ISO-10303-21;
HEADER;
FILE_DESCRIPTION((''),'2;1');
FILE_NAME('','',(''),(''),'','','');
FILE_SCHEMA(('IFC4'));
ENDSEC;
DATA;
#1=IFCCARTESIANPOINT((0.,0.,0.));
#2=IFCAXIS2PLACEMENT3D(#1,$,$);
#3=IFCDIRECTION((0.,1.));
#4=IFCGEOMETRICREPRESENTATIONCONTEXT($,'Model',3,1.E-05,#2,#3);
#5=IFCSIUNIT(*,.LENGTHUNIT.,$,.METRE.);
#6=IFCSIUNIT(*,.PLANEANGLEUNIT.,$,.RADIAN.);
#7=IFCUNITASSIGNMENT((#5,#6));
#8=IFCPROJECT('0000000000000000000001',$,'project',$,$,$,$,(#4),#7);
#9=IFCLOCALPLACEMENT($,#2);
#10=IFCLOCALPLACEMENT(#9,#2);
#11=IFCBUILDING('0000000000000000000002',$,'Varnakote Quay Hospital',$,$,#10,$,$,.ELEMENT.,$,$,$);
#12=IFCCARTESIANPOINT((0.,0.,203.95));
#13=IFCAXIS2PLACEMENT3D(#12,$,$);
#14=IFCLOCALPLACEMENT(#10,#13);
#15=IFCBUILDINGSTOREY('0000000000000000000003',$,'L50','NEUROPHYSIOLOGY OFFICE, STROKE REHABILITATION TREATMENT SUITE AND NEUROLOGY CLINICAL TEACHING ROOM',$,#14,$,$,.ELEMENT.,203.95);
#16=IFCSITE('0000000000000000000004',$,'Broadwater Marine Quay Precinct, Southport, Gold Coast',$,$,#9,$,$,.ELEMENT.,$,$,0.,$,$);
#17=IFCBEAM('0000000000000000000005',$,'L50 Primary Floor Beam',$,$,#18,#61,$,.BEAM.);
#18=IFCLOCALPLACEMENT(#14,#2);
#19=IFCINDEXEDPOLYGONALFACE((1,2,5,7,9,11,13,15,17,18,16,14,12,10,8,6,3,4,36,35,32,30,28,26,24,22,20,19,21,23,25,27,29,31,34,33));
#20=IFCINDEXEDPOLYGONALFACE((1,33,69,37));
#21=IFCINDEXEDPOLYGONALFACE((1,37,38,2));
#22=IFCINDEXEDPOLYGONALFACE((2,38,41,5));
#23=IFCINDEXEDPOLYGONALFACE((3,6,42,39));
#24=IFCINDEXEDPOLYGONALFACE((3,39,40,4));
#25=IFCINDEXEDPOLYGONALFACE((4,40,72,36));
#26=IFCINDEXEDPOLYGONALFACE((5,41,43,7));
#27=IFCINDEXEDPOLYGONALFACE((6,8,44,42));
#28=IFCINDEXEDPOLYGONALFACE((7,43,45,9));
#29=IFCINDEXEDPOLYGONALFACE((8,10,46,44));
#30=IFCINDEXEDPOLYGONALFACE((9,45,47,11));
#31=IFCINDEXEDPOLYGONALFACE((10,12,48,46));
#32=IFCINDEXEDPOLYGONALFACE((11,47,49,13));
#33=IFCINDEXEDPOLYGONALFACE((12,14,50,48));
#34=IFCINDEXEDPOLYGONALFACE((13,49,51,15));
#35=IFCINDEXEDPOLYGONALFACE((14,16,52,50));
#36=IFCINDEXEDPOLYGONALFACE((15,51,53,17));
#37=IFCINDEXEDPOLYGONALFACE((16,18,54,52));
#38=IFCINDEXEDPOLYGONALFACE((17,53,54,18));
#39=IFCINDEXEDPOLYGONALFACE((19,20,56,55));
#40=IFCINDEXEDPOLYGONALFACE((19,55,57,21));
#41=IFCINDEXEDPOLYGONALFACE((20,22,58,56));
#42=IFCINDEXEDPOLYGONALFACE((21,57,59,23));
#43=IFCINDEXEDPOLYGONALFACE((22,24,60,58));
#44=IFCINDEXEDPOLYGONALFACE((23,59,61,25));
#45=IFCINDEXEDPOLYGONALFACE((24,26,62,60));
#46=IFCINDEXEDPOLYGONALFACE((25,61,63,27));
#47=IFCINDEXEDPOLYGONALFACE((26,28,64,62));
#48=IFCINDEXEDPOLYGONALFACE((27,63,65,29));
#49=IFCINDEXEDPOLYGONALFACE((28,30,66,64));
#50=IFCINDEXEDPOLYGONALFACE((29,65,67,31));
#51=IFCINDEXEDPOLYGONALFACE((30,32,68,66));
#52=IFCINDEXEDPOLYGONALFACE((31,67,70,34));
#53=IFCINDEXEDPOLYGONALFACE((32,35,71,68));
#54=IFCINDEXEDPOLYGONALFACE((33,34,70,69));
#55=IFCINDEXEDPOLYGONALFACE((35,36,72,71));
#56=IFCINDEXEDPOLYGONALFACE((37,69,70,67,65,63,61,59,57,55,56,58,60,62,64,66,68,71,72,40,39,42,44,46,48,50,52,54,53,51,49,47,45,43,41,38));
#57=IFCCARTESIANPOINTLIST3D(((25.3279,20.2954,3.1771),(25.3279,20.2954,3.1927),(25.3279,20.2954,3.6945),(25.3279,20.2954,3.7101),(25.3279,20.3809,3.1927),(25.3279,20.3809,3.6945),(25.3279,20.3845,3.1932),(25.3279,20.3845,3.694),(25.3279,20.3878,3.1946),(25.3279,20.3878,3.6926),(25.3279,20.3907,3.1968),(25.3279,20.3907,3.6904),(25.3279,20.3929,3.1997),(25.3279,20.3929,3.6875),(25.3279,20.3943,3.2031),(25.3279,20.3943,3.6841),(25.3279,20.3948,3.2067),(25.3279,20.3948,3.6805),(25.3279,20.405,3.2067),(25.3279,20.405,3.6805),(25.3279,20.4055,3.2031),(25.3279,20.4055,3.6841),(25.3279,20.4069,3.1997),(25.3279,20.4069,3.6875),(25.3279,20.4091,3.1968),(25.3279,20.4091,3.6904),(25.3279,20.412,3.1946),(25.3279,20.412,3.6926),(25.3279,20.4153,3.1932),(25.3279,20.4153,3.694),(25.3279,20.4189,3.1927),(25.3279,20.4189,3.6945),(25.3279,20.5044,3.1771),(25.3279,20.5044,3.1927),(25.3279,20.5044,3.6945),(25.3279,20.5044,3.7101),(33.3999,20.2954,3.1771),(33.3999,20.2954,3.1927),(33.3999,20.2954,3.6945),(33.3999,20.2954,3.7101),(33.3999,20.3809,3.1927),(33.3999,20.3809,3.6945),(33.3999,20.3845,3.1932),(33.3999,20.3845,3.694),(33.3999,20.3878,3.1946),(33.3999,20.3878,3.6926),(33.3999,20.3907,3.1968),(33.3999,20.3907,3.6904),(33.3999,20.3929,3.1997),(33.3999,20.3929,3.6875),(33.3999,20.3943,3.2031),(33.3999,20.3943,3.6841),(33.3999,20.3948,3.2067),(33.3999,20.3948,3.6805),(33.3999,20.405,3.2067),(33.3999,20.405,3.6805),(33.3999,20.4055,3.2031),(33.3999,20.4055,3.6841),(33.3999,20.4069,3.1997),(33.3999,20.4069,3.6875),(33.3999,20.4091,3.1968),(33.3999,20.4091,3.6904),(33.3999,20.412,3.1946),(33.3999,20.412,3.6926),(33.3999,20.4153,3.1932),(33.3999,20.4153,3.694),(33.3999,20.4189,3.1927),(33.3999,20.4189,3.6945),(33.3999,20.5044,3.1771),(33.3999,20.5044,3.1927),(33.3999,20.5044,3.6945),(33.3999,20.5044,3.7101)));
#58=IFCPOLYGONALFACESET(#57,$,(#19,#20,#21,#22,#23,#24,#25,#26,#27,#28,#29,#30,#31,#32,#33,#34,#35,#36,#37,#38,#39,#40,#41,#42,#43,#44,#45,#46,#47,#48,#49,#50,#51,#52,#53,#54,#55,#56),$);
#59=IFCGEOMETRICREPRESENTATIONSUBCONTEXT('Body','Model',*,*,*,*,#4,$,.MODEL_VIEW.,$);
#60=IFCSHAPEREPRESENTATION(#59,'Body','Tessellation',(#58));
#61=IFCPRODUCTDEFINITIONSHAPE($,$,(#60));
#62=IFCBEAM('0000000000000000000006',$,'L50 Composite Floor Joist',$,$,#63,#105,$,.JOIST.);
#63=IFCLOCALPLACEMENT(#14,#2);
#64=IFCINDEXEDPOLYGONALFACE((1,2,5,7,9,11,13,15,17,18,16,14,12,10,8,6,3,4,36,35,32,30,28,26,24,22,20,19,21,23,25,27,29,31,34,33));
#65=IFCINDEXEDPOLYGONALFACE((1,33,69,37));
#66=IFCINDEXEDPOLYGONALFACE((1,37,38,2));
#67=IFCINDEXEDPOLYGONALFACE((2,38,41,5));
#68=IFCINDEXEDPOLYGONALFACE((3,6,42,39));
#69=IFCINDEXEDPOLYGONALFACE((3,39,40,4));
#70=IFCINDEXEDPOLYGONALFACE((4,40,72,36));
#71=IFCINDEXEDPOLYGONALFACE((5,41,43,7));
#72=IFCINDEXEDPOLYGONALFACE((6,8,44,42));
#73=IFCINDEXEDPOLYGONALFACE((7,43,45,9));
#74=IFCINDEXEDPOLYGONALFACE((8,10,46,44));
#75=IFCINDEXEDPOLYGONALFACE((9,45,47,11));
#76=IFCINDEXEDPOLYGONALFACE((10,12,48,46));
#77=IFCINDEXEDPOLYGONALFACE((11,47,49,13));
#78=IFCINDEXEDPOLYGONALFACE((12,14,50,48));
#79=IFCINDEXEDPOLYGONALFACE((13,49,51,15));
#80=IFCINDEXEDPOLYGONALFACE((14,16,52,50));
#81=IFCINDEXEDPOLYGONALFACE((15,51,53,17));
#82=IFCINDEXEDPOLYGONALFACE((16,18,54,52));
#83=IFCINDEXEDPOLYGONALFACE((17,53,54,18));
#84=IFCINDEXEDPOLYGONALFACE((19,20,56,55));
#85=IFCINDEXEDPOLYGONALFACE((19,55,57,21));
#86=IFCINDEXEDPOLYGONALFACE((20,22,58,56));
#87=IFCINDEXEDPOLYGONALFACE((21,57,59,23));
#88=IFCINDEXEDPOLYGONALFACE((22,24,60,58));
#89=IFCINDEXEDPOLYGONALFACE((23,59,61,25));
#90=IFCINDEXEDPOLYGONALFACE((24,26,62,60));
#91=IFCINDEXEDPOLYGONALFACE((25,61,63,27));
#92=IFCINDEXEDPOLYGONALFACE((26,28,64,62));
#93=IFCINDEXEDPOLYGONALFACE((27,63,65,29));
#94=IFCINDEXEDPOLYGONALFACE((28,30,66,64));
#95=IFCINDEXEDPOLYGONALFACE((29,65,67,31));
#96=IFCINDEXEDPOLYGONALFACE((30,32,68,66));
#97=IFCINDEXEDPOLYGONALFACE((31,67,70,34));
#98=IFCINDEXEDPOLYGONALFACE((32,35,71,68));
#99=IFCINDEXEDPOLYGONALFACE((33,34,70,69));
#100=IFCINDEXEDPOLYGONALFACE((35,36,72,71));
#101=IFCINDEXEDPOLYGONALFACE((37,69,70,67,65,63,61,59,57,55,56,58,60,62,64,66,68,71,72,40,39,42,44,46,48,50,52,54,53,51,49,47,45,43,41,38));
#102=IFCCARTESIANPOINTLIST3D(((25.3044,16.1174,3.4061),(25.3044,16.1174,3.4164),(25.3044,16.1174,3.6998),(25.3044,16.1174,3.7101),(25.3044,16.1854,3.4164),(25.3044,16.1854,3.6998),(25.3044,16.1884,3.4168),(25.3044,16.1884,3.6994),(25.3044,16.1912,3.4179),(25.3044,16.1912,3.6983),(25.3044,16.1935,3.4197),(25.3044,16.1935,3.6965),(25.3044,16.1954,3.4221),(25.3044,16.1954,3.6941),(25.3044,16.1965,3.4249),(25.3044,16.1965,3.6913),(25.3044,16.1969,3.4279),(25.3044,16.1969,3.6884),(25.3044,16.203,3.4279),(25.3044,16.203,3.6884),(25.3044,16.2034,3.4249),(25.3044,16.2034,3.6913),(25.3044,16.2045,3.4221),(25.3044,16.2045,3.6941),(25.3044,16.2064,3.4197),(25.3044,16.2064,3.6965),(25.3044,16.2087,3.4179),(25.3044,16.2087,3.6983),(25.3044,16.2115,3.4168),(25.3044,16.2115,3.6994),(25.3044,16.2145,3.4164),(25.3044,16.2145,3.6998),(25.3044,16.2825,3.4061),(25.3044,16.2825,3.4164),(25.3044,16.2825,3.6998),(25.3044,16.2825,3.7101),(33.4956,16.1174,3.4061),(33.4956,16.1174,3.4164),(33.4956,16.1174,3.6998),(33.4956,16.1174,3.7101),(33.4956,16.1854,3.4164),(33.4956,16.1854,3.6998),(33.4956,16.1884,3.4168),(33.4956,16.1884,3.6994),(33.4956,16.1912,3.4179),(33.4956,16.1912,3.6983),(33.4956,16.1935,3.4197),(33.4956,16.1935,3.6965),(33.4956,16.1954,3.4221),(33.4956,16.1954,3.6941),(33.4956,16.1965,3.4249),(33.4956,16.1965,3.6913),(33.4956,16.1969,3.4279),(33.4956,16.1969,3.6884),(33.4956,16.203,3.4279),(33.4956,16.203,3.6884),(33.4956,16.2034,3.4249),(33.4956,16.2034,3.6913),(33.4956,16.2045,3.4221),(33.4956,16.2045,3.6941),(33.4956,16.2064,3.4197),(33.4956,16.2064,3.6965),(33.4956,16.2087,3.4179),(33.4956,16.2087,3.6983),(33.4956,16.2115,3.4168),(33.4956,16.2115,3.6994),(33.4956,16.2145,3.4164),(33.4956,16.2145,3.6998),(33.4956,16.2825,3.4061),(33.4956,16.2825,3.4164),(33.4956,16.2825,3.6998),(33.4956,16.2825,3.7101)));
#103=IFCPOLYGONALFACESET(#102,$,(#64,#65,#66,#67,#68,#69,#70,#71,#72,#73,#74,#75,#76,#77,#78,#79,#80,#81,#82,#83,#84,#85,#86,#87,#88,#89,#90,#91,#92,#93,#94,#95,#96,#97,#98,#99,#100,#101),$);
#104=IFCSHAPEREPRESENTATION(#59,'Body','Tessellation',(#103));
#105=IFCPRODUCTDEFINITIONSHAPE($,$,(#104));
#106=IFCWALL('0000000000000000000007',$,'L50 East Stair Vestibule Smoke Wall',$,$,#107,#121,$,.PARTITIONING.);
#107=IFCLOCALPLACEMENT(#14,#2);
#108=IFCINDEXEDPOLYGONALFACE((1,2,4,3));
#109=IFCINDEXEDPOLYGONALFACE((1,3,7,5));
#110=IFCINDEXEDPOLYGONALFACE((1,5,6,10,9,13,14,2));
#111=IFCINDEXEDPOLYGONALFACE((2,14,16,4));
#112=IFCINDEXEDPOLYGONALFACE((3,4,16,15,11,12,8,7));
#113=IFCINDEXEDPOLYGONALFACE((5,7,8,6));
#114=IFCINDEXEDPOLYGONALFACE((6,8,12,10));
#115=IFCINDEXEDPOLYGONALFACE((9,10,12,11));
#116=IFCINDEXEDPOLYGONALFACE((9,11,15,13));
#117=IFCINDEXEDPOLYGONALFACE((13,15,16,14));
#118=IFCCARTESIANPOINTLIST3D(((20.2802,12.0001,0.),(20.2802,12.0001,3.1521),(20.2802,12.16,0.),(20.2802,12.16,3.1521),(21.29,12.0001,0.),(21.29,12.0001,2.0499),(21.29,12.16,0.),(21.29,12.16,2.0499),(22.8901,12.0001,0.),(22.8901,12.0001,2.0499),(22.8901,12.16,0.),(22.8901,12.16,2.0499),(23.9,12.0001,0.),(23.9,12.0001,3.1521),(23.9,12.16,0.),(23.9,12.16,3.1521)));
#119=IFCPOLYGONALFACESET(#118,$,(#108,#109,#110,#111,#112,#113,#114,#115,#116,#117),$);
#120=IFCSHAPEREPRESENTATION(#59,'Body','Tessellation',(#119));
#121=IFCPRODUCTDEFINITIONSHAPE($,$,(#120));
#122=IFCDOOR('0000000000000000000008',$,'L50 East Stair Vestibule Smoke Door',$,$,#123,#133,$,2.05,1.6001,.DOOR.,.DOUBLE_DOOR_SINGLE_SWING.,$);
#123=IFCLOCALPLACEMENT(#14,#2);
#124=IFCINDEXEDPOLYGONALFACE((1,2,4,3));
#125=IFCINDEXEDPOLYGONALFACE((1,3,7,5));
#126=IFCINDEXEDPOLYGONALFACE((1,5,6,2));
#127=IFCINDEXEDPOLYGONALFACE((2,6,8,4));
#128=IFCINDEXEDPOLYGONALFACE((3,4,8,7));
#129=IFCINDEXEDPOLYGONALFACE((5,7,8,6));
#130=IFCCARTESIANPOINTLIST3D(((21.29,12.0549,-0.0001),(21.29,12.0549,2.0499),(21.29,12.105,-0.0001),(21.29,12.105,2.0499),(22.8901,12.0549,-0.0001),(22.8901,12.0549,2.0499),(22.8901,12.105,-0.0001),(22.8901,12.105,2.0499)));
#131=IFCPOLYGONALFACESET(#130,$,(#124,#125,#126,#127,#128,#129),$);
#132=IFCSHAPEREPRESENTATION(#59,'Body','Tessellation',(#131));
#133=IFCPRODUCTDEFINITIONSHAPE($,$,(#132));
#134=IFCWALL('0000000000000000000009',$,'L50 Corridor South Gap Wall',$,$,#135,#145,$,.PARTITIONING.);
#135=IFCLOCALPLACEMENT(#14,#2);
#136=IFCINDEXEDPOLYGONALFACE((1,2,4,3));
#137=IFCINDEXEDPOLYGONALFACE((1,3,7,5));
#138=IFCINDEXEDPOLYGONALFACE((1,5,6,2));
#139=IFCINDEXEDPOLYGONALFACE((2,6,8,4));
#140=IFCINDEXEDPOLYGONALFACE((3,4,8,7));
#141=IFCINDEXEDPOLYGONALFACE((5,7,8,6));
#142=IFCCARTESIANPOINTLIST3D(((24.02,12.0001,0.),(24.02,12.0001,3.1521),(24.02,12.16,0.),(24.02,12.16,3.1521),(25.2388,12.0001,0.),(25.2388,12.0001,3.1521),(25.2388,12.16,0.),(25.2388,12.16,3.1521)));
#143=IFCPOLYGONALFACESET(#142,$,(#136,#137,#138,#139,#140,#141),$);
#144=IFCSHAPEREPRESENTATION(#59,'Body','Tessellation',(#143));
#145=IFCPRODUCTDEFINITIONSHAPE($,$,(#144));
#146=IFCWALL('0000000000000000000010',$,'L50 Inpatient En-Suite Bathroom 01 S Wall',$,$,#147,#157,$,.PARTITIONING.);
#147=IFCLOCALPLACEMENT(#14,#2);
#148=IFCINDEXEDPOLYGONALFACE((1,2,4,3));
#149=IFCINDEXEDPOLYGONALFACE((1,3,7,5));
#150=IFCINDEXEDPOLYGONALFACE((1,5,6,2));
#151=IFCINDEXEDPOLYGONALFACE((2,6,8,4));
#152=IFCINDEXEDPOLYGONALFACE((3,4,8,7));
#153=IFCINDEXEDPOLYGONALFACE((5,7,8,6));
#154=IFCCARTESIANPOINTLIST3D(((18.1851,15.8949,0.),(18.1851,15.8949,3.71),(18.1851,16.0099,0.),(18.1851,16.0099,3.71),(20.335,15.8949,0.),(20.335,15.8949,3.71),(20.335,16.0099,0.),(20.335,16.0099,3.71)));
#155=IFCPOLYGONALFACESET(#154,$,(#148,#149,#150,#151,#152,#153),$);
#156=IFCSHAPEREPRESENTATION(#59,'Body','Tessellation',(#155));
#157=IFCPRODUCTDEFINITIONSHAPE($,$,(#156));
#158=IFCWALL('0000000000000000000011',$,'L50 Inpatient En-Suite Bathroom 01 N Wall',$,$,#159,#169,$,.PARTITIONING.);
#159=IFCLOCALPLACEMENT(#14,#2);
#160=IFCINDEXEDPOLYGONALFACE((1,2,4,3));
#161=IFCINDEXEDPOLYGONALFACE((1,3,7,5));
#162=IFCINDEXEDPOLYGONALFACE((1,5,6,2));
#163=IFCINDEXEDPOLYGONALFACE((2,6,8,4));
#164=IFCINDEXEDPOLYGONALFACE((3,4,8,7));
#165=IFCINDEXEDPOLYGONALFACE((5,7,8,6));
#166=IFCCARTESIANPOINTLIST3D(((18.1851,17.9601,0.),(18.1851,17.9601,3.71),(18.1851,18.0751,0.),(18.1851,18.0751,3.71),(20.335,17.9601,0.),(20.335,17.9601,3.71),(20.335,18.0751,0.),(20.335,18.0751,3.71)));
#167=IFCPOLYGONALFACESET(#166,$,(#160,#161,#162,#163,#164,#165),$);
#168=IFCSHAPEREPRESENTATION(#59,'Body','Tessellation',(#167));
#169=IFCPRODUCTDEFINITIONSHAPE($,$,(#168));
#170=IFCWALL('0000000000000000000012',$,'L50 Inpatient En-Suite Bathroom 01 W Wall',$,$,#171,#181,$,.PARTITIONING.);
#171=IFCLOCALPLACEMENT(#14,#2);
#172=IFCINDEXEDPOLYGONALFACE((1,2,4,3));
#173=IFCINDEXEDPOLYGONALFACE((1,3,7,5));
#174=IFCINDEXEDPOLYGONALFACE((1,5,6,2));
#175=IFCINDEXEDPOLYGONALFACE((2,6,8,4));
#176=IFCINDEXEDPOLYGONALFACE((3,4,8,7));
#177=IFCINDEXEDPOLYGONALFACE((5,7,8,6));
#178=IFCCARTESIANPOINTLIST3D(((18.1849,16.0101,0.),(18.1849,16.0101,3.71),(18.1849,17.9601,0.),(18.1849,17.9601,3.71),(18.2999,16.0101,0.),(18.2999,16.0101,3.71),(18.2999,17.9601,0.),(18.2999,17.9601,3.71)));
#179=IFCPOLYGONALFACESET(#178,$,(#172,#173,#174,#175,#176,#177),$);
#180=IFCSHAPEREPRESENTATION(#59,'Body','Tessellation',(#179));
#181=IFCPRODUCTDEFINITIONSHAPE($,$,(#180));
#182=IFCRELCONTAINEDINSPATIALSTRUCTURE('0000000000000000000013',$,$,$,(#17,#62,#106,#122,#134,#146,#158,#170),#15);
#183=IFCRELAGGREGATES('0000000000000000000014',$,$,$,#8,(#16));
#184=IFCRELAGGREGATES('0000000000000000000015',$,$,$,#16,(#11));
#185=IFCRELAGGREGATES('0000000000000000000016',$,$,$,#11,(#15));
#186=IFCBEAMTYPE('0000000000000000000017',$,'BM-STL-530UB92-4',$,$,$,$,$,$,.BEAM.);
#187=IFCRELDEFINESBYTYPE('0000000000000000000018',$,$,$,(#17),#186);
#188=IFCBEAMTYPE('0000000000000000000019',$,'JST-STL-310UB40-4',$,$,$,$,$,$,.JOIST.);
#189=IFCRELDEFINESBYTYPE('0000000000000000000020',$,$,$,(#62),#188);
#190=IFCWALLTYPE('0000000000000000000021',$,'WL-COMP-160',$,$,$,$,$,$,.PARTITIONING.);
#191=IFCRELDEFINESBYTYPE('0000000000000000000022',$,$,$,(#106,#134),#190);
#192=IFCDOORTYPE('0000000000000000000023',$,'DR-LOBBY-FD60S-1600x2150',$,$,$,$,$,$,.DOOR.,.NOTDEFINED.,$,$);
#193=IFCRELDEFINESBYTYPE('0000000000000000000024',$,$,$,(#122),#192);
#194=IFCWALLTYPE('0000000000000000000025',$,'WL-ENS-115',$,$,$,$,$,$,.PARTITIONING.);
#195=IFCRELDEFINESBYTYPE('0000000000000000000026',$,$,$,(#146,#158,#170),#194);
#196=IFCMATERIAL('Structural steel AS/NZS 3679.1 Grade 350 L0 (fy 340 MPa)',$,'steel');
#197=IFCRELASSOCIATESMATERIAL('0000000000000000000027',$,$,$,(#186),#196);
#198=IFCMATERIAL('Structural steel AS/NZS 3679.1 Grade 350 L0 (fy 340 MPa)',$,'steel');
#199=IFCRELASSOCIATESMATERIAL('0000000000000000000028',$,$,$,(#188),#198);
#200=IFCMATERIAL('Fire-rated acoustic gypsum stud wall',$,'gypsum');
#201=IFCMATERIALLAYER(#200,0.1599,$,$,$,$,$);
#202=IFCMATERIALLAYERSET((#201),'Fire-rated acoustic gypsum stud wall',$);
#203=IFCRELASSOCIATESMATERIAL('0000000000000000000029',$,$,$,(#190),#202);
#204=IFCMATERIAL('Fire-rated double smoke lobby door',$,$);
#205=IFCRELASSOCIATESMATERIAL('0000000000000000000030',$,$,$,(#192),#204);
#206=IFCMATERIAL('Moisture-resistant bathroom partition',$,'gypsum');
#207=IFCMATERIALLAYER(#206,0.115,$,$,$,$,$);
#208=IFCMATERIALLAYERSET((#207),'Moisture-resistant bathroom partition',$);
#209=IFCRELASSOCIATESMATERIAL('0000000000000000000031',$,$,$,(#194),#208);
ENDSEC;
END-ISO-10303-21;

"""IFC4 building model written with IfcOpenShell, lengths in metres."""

from ifc_helpers import new_model, si_unit, direction, frame, frame_2d, origin, origin_2d, place, context, subcontext, project, spatial, rectangle, i_section, extrude, material, layer, layer_set, material_profile, profile_set, type_object, element, fill, save


model = new_model("IFC4")

# Units and contexts
model_context = context("Model", 3, precision=1e-05, world=origin(), true_north=direction((0.0, 1.0)))
body_context = subcontext(model_context, "Body", "Model", "MODEL_VIEW")
ifc_project = project(units=[si_unit("LENGTHUNIT", "METRE"), si_unit("PLANEANGLEUNIT", "RADIAN")], contexts=[model_context])

# Site, building, storey
site_placement = place(None, origin())
site = spatial("IfcSite", under=ifc_project, at=site_placement, Name="Broadwater Marine Quay Precinct, Southport, Gold Coast", CompositionType="ELEMENT", RefElevation=0.0)
building_placement = place(site_placement, origin())
building = spatial("IfcBuilding", under=site, at=building_placement, Name="Varnakote Quay Hospital", CompositionType="ELEMENT")
storey_placement = place(building_placement, frame((0.0, 0.0, 203.95)))
storey = spatial("IfcBuildingStorey", under=building, at=storey_placement, Name="L50", Description="NEUROPHYSIOLOGY OFFICE, STROKE REHABILITATION TREATMENT SUITE AND NEUROLOGY CLINICAL TEACHING ROOM", CompositionType="ELEMENT", Elevation=203.95)

# Beams
ifc_material_1 = material(Name="Structural steel AS/NZS 3679.1 Grade 350 L0 (fy 340 MPa)", Category="steel")
ifc_material_profile_1 = material_profile(ifc_material_1, i_section(OverallWidth=0.209, OverallDepth=0.533, WebThickness=0.0103, FlangeThickness=0.0156, FilletRadius=0.0139, at=origin_2d()), Name="530UB92.4")
ifc_profile_set_1 = profile_set([ifc_material_profile_1], Name="Structural steel AS/NZS 3679.1 Grade 350 L0 (fy 340 MPa)")
beam_type_1 = type_object("IfcBeamType", Name="BM-STL-530UB92-4", PredefinedType="BEAM", material=ifc_profile_set_1)
for number, where, z_axis, x_axis, name in (
    (1, (25.3279, 20.3999, 3.4436), (1.0, 0.0, 0.0), (0.0, 1.0, 0.0), "L50 Primary Floor Beam"),
):
    element("IfcBeam", number, at=place(storey_placement, frame(where, z_axis=z_axis, x_axis=x_axis)), inside=storey, type_object=beam_type_1, Name=name, PredefinedType="BEAM", context=body_context, shape_type="SweptSolid", body=[
        extrude(i_section(OverallWidth=0.209, OverallDepth=0.533, WebThickness=0.0103, FlangeThickness=0.0156, FilletRadius=0.0139, at=origin_2d()), origin(), (0.0, 0.0, 1.0), 8.072),
    ])
ifc_material_2 = material(Name="Structural steel AS/NZS 3679.1 Grade 350 L0 (fy 340 MPa)", Category="steel")
ifc_material_profile_2 = material_profile(ifc_material_2, i_section(OverallWidth=0.165, OverallDepth=0.304, WebThickness=0.0061, FlangeThickness=0.0103, FilletRadius=0.0115, at=origin_2d()), Name="310UB40.4")
ifc_profile_set_2 = profile_set([ifc_material_profile_2], Name="Structural steel AS/NZS 3679.1 Grade 350 L0 (fy 340 MPa)")
beam_type_2 = type_object("IfcBeamType", Name="JST-STL-310UB40-4", PredefinedType="JOIST", material=ifc_profile_set_2)
beam_1_placement = place(storey_placement, frame((25.3044, 16.2, 3.5581), z_axis=(1.0, 0.0, 0.0), x_axis=(0.0, 1.0, 0.0)))
element("IfcBeam", 2, at=beam_1_placement, inside=storey, type_object=beam_type_2, Name="L50 Composite Floor Joist", PredefinedType="JOIST", context=body_context, shape_type="SweptSolid", body=[
    extrude(i_section(OverallWidth=0.165, OverallDepth=0.304, WebThickness=0.0061, FlangeThickness=0.0103, FilletRadius=0.0115, at=origin_2d()), origin(), (0.0, 0.0, 1.0), 8.1912),
])

# Wall, opening, door
ifc_material_3 = material(Name="Fire-rated acoustic gypsum stud wall", Category="gypsum")
ifc_layer_1 = layer(ifc_material_3, 0.1599)
ifc_layer_set_1 = layer_set([ifc_layer_1], Name="Fire-rated acoustic gypsum stud wall")
wall_type_1 = type_object("IfcWallType", Name="WL-COMP-160", PredefinedType="PARTITIONING", material=ifc_layer_set_1)
wall_1_placement = place(storey_placement, frame((20.28, 12.0801, 0.0), z_axis=(0.0, 0.0, 1.0), x_axis=(1.0, 0.0, 0.0)))
wall_1 = element("IfcWall", 3, at=wall_1_placement, inside=storey, type_object=wall_type_1, Name="L50 East Stair Vestibule Smoke Wall", PredefinedType="PARTITIONING", context=body_context, shape_type="SweptSolid", body=[
    extrude(rectangle(XDim=3.6199, YDim=0.1599, at=frame_2d((1.8101, 0.0))), origin(), (0.0, 0.0, 1.0), 3.1521),
])
opening_1_placement = place(wall_1_placement, frame((1.01, 0.0, 0.0)))
opening_1 = element("IfcOpeningElement", 4, at=opening_1_placement, cuts=wall_1, PredefinedType="OPENING", context=body_context, shape_type="SweptSolid", body=[
    extrude(rectangle(XDim=1.6001, YDim=2.05, at=frame_2d((0.8, 1.0249))), frame((0.0, 0.0898, 0.0), z_axis=(0.0, -1.0, 0.0), x_axis=(1.0, 0.0, 0.0)), (0.0, 0.0, 1.0), 0.1799),
])
ifc_material_4 = material(Name="Fire-rated double smoke lobby door")
door_type_1 = type_object("IfcDoorType", Name="DR-LOBBY-FD60S-1600x2150", OperationType="NOTDEFINED", PredefinedType="DOOR", material=ifc_material_4)
door_1_placement = place(opening_1_placement, origin())
door_1 = element("IfcDoor", 5, at=door_1_placement, inside=storey, type_object=door_type_1, Name="L50 East Stair Vestibule Smoke Door", OperationType="DOUBLE_DOOR_SINGLE_SWING", OverallHeight=2.05, OverallWidth=1.6001, PredefinedType="DOOR", context=body_context, shape_type="SweptSolid", body=[
    extrude(rectangle(XDim=1.6001, YDim=2.05, at=frame_2d((0.8, 1.0249))), frame((0.0, 0.0249, 0.0), z_axis=(0.0, -1.0, 0.0), x_axis=(1.0, 0.0, 0.0)), (0.0, 0.0, 1.0), 0.05),
])
fill(opening_1, door_1)

# Walls
wall_2_placement = place(storey_placement, frame((24.02, 12.0801, 0.0), z_axis=(0.0, 0.0, 1.0), x_axis=(1.0, 0.0, 0.0)))
element("IfcWall", 6, at=wall_2_placement, inside=storey, type_object=wall_type_1, Name="L50 Corridor South Gap Wall", PredefinedType="PARTITIONING", context=body_context, shape_type="SweptSolid", body=[
    extrude(rectangle(XDim=1.2188, YDim=0.1599, at=frame_2d((0.6094, 0.0))), origin(), (0.0, 0.0, 1.0), 3.1521),
])
ifc_material_5 = material(Name="Moisture-resistant bathroom partition", Category="gypsum")
ifc_layer_2 = layer(ifc_material_5, 0.115)
ifc_layer_set_2 = layer_set([ifc_layer_2], Name="Moisture-resistant bathroom partition")
wall_type_2 = type_object("IfcWallType", Name="WL-ENS-115", PredefinedType="PARTITIONING", material=ifc_layer_set_2)
for number, where, z_axis, x_axis, name in (
    (7, (18.1851, 15.9524, 0.0), (0.0, 0.0, 1.0), (1.0, 0.0, 0.0), "L50 Inpatient En-Suite Bathroom 01 S Wall"),
    (8, (18.1851, 18.0176, 0.0), (0.0, 0.0, 1.0), (1.0, 0.0, 0.0), "L50 Inpatient En-Suite Bathroom 01 N Wall"),
):
    element("IfcWall", number, at=place(storey_placement, frame(where, z_axis=z_axis, x_axis=x_axis)), inside=storey, type_object=wall_type_2, Name=name, PredefinedType="PARTITIONING", context=body_context, shape_type="SweptSolid", body=[
        extrude(rectangle(XDim=2.1499, YDim=0.115, at=frame_2d((1.075, 0.0))), origin(), (0.0, 0.0, 1.0), 3.71),
    ])
wall_3_placement = place(storey_placement, frame((18.2424, 16.01, 0.0), z_axis=(0.0, 0.0, 1.0), x_axis=(0.0, 1.0, 0.0)))
element("IfcWall", 9, at=wall_3_placement, inside=storey, type_object=wall_type_2, Name="L50 Inpatient En-Suite Bathroom 01 W Wall", PredefinedType="PARTITIONING", context=body_context, shape_type="SweptSolid", body=[
    extrude(rectangle(XDim=1.95, YDim=0.115, at=frame_2d((0.9751, 0.0))), origin(), (0.0, 0.0, 1.0), 3.71),
])

save(model, "model.ifc")
